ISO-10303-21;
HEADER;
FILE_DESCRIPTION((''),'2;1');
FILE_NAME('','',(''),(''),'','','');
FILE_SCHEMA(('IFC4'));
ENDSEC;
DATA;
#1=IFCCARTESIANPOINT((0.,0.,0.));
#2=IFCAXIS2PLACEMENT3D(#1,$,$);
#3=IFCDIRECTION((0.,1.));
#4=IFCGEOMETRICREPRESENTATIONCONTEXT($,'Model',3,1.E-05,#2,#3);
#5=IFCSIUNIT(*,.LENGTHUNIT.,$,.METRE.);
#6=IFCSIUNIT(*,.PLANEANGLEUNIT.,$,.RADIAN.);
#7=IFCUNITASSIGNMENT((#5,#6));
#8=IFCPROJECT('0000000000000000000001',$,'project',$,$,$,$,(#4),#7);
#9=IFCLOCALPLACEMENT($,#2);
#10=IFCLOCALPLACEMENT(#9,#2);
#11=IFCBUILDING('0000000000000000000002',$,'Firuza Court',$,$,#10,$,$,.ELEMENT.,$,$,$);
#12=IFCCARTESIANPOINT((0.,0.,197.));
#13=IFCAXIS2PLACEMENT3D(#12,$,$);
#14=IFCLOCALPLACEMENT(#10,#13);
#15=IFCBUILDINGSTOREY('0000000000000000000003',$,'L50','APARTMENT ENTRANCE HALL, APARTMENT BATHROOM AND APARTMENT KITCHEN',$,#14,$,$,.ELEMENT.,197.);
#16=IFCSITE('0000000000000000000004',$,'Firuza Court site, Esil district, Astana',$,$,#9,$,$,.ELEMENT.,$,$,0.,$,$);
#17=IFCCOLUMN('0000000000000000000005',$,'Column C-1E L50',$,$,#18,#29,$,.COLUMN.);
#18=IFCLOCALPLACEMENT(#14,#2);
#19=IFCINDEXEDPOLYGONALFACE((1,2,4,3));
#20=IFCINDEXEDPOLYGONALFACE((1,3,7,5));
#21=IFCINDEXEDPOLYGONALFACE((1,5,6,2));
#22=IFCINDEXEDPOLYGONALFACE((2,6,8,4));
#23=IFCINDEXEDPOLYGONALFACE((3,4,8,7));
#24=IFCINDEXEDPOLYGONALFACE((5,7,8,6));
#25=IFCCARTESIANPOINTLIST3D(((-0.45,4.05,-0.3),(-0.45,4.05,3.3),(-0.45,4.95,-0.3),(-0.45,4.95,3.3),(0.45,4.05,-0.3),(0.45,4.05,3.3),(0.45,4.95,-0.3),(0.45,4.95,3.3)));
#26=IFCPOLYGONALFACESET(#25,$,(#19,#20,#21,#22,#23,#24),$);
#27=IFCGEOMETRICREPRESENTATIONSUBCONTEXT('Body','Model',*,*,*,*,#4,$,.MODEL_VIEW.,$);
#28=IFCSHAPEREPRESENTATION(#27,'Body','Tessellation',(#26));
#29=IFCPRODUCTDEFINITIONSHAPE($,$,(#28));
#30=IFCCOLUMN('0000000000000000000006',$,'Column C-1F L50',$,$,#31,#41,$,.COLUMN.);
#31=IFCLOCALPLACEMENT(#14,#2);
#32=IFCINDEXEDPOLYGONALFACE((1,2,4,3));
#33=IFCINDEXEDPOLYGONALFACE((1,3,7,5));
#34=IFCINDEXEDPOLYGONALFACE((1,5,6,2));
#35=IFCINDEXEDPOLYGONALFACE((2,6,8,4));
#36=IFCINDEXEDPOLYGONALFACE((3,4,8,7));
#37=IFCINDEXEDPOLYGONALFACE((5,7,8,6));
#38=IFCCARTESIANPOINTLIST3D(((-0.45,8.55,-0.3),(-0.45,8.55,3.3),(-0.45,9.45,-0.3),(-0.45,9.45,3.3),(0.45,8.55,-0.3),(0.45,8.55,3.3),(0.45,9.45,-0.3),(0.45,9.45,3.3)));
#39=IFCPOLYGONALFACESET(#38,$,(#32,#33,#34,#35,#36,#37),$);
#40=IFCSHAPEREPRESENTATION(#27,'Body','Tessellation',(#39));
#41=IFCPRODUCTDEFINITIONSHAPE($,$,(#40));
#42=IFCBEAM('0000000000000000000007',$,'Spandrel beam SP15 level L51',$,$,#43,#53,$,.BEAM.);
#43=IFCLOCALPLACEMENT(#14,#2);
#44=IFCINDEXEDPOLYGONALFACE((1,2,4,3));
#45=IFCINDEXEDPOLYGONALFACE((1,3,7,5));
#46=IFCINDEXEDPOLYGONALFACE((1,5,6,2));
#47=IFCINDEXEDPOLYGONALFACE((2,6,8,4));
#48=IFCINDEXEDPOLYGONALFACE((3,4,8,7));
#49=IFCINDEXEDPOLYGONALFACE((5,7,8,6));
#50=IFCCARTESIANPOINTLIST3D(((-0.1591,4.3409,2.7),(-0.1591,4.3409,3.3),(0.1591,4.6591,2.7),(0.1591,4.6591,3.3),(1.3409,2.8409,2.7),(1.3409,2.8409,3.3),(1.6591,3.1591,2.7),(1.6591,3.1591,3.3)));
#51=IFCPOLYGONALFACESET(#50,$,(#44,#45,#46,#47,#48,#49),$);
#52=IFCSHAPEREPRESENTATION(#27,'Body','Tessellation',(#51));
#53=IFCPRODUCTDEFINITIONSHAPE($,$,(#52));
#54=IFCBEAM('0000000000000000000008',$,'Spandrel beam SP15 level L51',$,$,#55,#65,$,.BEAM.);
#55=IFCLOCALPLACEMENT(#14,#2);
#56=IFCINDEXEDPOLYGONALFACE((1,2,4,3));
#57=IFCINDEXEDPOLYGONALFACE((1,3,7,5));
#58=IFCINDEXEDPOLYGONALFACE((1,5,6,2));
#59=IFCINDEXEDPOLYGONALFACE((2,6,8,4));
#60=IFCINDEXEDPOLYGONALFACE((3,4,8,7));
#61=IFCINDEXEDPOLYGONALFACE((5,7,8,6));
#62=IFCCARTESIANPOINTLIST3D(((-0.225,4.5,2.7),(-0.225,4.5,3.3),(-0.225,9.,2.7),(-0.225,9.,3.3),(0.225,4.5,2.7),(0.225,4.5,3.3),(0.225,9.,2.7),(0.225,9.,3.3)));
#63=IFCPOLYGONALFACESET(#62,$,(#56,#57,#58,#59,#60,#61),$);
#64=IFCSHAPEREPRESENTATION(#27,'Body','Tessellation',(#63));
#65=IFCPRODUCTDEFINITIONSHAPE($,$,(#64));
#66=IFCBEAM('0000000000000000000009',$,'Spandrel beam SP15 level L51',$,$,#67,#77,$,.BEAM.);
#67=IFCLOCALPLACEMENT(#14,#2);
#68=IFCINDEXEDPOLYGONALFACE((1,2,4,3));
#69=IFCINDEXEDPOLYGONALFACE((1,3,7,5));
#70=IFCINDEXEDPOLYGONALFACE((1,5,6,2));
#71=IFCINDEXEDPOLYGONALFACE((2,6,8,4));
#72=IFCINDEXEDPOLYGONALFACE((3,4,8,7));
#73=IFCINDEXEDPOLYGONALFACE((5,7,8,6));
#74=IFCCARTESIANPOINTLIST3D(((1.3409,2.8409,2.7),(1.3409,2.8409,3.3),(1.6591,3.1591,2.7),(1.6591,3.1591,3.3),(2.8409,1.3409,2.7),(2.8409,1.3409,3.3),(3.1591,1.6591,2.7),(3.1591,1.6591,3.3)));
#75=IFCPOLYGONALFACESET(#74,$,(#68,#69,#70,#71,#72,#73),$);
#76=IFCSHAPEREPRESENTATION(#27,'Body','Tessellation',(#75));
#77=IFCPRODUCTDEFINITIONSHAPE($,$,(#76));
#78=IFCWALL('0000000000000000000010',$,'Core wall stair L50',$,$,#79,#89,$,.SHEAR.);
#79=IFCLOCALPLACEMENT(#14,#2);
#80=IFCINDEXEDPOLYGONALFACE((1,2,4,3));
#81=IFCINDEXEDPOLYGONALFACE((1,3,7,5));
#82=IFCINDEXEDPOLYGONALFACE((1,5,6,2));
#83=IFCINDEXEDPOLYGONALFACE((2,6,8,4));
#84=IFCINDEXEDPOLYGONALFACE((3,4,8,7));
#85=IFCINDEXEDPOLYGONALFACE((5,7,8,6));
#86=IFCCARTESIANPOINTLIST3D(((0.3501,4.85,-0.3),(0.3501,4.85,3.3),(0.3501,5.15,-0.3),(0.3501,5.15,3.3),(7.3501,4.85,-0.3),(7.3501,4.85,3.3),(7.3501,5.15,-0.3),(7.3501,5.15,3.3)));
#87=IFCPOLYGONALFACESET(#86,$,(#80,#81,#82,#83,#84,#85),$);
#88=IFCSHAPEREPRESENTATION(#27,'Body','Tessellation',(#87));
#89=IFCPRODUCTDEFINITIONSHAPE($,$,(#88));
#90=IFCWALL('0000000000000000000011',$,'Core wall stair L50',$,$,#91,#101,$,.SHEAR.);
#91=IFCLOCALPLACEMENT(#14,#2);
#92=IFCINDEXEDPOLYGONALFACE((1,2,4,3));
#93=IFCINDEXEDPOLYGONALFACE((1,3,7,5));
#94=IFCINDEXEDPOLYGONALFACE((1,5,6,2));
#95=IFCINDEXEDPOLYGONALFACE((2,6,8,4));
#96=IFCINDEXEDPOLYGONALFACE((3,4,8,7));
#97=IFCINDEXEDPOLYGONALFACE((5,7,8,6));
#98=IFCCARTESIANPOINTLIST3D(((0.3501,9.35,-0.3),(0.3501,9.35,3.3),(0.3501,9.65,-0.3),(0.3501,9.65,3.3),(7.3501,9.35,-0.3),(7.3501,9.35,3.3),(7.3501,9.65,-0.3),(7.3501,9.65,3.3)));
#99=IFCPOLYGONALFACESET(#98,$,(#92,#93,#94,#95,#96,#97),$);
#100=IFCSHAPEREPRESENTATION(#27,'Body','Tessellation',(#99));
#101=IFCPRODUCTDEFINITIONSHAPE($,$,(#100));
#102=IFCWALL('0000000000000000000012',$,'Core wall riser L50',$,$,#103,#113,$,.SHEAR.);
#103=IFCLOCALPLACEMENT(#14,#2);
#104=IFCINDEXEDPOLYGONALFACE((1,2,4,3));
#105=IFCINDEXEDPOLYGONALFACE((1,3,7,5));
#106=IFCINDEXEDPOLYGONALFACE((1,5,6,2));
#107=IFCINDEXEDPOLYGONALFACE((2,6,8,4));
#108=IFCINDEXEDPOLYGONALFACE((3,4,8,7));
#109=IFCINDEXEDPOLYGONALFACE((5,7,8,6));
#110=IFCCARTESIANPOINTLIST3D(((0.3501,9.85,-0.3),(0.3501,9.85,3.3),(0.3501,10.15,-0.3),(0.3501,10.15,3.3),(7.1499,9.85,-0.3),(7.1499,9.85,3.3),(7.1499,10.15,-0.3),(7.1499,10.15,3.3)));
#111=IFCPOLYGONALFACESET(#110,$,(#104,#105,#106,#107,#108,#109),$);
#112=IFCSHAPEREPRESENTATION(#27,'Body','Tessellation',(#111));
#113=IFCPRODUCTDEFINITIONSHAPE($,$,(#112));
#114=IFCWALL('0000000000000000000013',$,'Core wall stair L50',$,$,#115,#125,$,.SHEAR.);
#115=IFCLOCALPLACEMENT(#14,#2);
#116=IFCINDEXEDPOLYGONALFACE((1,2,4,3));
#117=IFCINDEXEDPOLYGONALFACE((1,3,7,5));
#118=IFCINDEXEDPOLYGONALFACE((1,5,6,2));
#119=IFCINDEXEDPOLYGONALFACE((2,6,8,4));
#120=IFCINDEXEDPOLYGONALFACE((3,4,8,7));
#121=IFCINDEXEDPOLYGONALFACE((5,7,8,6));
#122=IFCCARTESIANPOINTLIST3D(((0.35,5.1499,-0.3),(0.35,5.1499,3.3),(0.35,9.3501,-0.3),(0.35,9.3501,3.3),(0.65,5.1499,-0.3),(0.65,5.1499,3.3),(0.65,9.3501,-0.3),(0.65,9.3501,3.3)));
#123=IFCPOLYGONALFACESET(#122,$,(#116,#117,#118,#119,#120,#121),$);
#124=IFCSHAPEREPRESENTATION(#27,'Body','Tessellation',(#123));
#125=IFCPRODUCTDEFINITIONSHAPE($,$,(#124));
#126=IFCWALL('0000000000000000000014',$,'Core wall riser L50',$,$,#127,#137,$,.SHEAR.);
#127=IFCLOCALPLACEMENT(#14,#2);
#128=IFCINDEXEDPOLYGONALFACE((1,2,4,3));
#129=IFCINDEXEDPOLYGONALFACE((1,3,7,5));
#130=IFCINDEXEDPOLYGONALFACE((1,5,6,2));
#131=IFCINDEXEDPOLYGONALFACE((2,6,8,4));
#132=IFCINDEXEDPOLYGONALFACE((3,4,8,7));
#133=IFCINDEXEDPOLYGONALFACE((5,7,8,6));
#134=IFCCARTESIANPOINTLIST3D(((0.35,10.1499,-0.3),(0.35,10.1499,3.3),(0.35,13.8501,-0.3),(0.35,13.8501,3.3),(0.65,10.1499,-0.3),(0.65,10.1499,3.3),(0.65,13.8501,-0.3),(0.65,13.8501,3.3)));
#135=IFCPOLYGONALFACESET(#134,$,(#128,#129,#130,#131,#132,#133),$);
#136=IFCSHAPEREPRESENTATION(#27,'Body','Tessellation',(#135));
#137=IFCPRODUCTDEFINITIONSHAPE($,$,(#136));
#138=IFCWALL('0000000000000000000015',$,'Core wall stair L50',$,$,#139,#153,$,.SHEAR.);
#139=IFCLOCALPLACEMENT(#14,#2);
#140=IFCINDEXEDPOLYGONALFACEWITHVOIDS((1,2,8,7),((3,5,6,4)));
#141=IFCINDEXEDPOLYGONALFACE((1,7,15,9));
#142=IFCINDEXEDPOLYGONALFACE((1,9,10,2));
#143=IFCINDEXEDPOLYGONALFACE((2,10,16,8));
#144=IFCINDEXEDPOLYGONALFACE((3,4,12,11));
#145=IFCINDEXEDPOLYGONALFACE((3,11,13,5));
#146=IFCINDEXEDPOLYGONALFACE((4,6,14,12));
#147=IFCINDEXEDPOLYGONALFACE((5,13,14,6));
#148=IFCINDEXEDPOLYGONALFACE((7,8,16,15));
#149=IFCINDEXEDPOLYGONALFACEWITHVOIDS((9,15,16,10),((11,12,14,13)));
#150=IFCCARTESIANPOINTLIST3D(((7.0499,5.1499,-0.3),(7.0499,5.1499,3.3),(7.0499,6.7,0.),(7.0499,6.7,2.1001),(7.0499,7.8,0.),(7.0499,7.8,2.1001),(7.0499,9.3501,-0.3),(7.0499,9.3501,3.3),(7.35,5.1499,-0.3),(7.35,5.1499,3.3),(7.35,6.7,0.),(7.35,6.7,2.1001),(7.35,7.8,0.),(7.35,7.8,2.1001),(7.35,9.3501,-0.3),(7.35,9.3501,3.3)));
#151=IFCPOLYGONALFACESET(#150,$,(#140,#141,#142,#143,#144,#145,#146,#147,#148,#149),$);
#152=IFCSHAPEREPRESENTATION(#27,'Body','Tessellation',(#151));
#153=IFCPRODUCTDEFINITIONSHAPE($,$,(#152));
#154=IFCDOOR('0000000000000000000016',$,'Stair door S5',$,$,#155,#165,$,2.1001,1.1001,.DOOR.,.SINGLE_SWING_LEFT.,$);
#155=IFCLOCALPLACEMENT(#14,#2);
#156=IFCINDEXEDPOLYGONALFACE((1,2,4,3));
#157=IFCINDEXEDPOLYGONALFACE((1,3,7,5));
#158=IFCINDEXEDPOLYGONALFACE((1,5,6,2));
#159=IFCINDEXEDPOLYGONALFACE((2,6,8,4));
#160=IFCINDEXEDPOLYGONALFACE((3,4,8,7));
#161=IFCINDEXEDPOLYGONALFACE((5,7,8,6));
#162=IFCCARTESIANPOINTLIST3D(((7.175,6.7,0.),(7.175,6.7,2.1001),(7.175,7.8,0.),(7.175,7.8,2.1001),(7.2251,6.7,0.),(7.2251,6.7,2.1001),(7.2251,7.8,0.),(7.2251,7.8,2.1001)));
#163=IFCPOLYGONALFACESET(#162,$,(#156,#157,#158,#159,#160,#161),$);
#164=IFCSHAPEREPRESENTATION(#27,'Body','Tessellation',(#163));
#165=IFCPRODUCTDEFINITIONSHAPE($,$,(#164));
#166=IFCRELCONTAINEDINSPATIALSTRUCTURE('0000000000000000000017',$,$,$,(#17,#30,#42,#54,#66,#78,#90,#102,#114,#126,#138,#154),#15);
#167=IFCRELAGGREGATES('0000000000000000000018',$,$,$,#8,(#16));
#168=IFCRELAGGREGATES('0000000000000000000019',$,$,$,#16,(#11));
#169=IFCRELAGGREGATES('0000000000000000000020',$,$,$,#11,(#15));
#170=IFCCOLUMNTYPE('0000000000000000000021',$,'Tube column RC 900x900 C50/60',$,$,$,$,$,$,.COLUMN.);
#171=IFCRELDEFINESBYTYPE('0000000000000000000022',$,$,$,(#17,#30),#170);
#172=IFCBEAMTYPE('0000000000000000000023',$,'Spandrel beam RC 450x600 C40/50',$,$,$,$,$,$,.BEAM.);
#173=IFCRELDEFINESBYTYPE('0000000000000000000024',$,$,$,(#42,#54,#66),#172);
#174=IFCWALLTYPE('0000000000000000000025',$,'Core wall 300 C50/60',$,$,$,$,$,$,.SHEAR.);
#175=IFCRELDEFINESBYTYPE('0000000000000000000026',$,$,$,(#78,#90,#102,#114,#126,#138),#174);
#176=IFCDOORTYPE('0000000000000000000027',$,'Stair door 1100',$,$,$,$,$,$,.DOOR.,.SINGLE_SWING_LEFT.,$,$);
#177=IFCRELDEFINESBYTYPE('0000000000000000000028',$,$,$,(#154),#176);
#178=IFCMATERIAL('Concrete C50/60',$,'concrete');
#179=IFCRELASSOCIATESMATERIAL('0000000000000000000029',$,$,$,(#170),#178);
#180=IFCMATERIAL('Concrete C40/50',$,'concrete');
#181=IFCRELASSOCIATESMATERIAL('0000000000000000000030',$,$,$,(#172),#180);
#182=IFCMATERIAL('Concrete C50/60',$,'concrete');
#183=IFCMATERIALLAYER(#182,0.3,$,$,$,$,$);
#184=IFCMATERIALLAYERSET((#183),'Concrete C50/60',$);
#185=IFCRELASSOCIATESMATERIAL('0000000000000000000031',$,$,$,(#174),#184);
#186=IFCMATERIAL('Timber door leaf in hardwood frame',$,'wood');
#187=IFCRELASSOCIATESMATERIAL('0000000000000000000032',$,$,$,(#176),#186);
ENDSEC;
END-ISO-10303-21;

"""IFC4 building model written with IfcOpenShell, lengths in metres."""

from ifc_helpers import new_model, si_unit, direction, frame, frame_2d, origin, origin_2d, place, context, subcontext, project, spatial, rectangle, extrude, material, layer, layer_set, material_profile, profile_set, type_object, element, fill, save


model = new_model("IFC4")

# Units and contexts
model_context = context("Model", 3, precision=1e-05, world=origin(), true_north=direction((0.0, 1.0)))
body_context = subcontext(model_context, "Body", "Model", "MODEL_VIEW")
ifc_project = project(units=[si_unit("LENGTHUNIT", "METRE"), si_unit("PLANEANGLEUNIT", "RADIAN")], contexts=[model_context])

# Site, building, storey
site_placement = place(None, origin())
site = spatial("IfcSite", under=ifc_project, at=site_placement, Name="Firuza Court site, Esil district, Astana", CompositionType="ELEMENT", RefElevation=0.0)
building_placement = place(site_placement, origin())
building = spatial("IfcBuilding", under=site, at=building_placement, Name="Firuza Court", CompositionType="ELEMENT")
storey_placement = place(building_placement, frame((0.0, 0.0, 197.0)))
storey = spatial("IfcBuildingStorey", under=building, at=storey_placement, Name="L50", Description="APARTMENT ENTRANCE HALL, APARTMENT BATHROOM AND APARTMENT KITCHEN", CompositionType="ELEMENT", Elevation=197.0)

# Columns
ifc_material_1 = material(Name="Concrete C50/60", Category="concrete")
ifc_material_profile_1 = material_profile(ifc_material_1, rectangle(XDim=0.8999, YDim=0.8999, at=origin_2d()), Name="RC 900x900")
ifc_profile_set_1 = profile_set([ifc_material_profile_1], Name="Concrete C50/60")
column_type = type_object("IfcColumnType", Name="Tube column RC 900x900 C50/60", PredefinedType="COLUMN", material=ifc_profile_set_1)
for number, where, z_axis, x_axis, name in (
    (1, (0.0, 4.5, -0.3), (0.0, 0.0, 1.0), (1.0, 0.0, 0.0), "Column C-1E L50"),
    (2, (0.0, 9.0, -0.3), (0.0, 0.0, 1.0), (1.0, 0.0, 0.0), "Column C-1F L50"),
):
    element("IfcColumn", number, at=place(storey_placement, frame(where, z_axis=z_axis, x_axis=x_axis)), inside=storey, type_object=column_type, Name=name, PredefinedType="COLUMN", context=body_context, shape_type="SweptSolid", body=[
        extrude(rectangle(XDim=0.8999, YDim=0.8999, at=origin_2d()), origin(), (0.0, 0.0, 1.0), 3.6001),
    ])

# Beams
ifc_material_2 = material(Name="Concrete C40/50", Category="concrete")
ifc_material_profile_2 = material_profile(ifc_material_2, rectangle(XDim=0.45, YDim=0.6001, at=origin_2d()), Name="RC 450x600")
ifc_profile_set_2 = profile_set([ifc_material_profile_2], Name="Concrete C40/50")
beam_type = type_object("IfcBeamType", Name="Spandrel beam RC 450x600 C40/50", PredefinedType="BEAM", material=ifc_profile_set_2)
beam_1_placement = place(storey_placement, frame((0.0, 4.5, 3.0), z_axis=(0.707107, -0.707107, 0.0), x_axis=(0.707107, 0.707107, 0.0)))
element("IfcBeam", 3, at=beam_1_placement, inside=storey, type_object=beam_type, Name="Spandrel beam SP15 level L51", PredefinedType="BEAM", context=body_context, shape_type="SweptSolid", body=[
    extrude(rectangle(XDim=0.45, YDim=0.6001, at=origin_2d()), origin(), (0.0, 0.0, 1.0), 2.1213),
])
beam_2_placement = place(storey_placement, frame((0.0, 9.0, 3.0), z_axis=(0.0, -1.0, 0.0), x_axis=(1.0, 0.0, 0.0)))
element("IfcBeam", 4, at=beam_2_placement, inside=storey, type_object=beam_type, Name="Spandrel beam SP15 level L51", PredefinedType="BEAM", context=body_context, shape_type="SweptSolid", body=[
    extrude(rectangle(XDim=0.45, YDim=0.6001, at=origin_2d()), origin(), (0.0, 0.0, 1.0), 4.5),
])
beam_3_placement = place(storey_placement, frame((1.5, 3.0, 3.0), z_axis=(0.707107, -0.707107, 0.0), x_axis=(0.707107, 0.707107, 0.0)))
element("IfcBeam", 5, at=beam_3_placement, inside=storey, type_object=beam_type, Name="Spandrel beam SP15 level L51", PredefinedType="BEAM", context=body_context, shape_type="SweptSolid", body=[
    extrude(rectangle(XDim=0.45, YDim=0.6001, at=origin_2d()), origin(), (0.0, 0.0, 1.0), 2.1213),
])

# Walls
ifc_material_3 = material(Name="Concrete C50/60", Category="concrete")
ifc_layer_1 = layer(ifc_material_3, 0.3)
ifc_layer_set_1 = layer_set([ifc_layer_1], Name="Concrete C50/60")
wall_type_1 = type_object("IfcWallType", Name="Core wall 300 C50/60", PredefinedType="SHEAR", material=ifc_layer_set_1)
for number, where, z_axis, x_axis, name in (
    (6, (0.3501, 5.0, -0.3), (0.0, 0.0, 1.0), (1.0, 0.0, 0.0), "Core wall stair L50"),
    (7, (0.3501, 9.5, -0.3), (0.0, 0.0, 1.0), (1.0, 0.0, 0.0), "Core wall stair L50"),
):
    element("IfcWall", number, at=place(storey_placement, frame(where, z_axis=z_axis, x_axis=x_axis)), inside=storey, type_object=wall_type_1, Name=name, PredefinedType="SHEAR", context=body_context, shape_type="SweptSolid", body=[
        extrude(rectangle(XDim=7.0, YDim=0.3, at=frame_2d((3.5, 0.0))), origin(), (0.0, 0.0, 1.0), 3.6001),
    ])
wall_1_placement = place(storey_placement, frame((0.3501, 10.0, -0.3), z_axis=(0.0, 0.0, 1.0), x_axis=(1.0, 0.0, 0.0)))
element("IfcWall", 8, at=wall_1_placement, inside=storey, type_object=wall_type_1, Name="Core wall riser L50", PredefinedType="SHEAR", context=body_context, shape_type="SweptSolid", body=[
    extrude(rectangle(XDim=6.7998, YDim=0.3, at=frame_2d((3.3999, 0.0))), origin(), (0.0, 0.0, 1.0), 3.6001),
])
wall_2_placement = place(storey_placement, frame((0.5, 5.1499, -0.3), z_axis=(0.0, 0.0, 1.0), x_axis=(0.0, 1.0, 0.0)))
element("IfcWall", 9, at=wall_2_placement, inside=storey, type_object=wall_type_1, Name="Core wall stair L50", PredefinedType="SHEAR", context=body_context, shape_type="SweptSolid", body=[
    extrude(rectangle(XDim=4.2002, YDim=0.3, at=frame_2d((2.1001, 0.0))), origin(), (0.0, 0.0, 1.0), 3.6001),
])
wall_3_placement = place(storey_placement, frame((0.5, 10.1499, -0.3), z_axis=(0.0, 0.0, 1.0), x_axis=(0.0, 1.0, 0.0)))
element("IfcWall", 10, at=wall_3_placement, inside=storey, type_object=wall_type_1, Name="Core wall riser L50", PredefinedType="SHEAR", context=body_context, shape_type="SweptSolid", body=[
    extrude(rectangle(XDim=3.7002, YDim=0.3, at=frame_2d((1.8501, 0.0))), origin(), (0.0, 0.0, 1.0), 3.6001),
])

# Wall, opening, door
wall_4_placement = place(storey_placement, frame((7.2, 5.1499, -0.3), z_axis=(0.0, 0.0, 1.0), x_axis=(0.0, 1.0, 0.0)))
wall_4 = element("IfcWall", 11, at=wall_4_placement, inside=storey, type_object=wall_type_1, Name="Core wall stair L50", PredefinedType="SHEAR", context=body_context, shape_type="SweptSolid", body=[
    extrude(rectangle(XDim=4.2002, YDim=0.3, at=frame_2d((2.1001, 0.0))), origin(), (0.0, 0.0, 1.0), 3.6001),
])
opening_1_placement = place(wall_4_placement, frame((1.55, 0.0, 0.3)))
opening_1 = element("IfcOpeningElement", 12, at=opening_1_placement, cuts=wall_4, PredefinedType="OPENING", context=body_context, shape_type="SweptSolid", body=[
    extrude(rectangle(XDim=1.1001, YDim=2.1001, at=frame_2d((0.55, 1.05))), frame((0.0, 0.1621, 0.0), z_axis=(0.0, -1.0, 0.0), x_axis=(1.0, 0.0, 0.0)), (0.0, 0.0, 1.0), 0.324),
])
ifc_material_4 = material(Name="Timber door leaf in hardwood frame", Category="wood")
door_type_1 = type_object("IfcDoorType", Name="Stair door 1100", OperationType="SINGLE_SWING_LEFT", PredefinedType="DOOR", material=ifc_material_4)
door_1_placement = place(opening_1_placement, origin())
door_1 = element("IfcDoor", 13, at=door_1_placement, inside=storey, type_object=door_type_1, Name="Stair door S5", OperationType="SINGLE_SWING_LEFT", OverallHeight=2.1001, OverallWidth=1.1001, PredefinedType="DOOR", context=body_context, shape_type="SweptSolid", body=[
    extrude(rectangle(XDim=1.1001, YDim=2.1001, at=frame_2d((0.55, 1.05))), frame((0.0, 0.0249, 0.0), z_axis=(0.0, -1.0, 0.0), x_axis=(1.0, 0.0, 0.0)), (0.0, 0.0, 1.0), 0.05),
])
fill(opening_1, door_1)

save(model, "model.ifc")
